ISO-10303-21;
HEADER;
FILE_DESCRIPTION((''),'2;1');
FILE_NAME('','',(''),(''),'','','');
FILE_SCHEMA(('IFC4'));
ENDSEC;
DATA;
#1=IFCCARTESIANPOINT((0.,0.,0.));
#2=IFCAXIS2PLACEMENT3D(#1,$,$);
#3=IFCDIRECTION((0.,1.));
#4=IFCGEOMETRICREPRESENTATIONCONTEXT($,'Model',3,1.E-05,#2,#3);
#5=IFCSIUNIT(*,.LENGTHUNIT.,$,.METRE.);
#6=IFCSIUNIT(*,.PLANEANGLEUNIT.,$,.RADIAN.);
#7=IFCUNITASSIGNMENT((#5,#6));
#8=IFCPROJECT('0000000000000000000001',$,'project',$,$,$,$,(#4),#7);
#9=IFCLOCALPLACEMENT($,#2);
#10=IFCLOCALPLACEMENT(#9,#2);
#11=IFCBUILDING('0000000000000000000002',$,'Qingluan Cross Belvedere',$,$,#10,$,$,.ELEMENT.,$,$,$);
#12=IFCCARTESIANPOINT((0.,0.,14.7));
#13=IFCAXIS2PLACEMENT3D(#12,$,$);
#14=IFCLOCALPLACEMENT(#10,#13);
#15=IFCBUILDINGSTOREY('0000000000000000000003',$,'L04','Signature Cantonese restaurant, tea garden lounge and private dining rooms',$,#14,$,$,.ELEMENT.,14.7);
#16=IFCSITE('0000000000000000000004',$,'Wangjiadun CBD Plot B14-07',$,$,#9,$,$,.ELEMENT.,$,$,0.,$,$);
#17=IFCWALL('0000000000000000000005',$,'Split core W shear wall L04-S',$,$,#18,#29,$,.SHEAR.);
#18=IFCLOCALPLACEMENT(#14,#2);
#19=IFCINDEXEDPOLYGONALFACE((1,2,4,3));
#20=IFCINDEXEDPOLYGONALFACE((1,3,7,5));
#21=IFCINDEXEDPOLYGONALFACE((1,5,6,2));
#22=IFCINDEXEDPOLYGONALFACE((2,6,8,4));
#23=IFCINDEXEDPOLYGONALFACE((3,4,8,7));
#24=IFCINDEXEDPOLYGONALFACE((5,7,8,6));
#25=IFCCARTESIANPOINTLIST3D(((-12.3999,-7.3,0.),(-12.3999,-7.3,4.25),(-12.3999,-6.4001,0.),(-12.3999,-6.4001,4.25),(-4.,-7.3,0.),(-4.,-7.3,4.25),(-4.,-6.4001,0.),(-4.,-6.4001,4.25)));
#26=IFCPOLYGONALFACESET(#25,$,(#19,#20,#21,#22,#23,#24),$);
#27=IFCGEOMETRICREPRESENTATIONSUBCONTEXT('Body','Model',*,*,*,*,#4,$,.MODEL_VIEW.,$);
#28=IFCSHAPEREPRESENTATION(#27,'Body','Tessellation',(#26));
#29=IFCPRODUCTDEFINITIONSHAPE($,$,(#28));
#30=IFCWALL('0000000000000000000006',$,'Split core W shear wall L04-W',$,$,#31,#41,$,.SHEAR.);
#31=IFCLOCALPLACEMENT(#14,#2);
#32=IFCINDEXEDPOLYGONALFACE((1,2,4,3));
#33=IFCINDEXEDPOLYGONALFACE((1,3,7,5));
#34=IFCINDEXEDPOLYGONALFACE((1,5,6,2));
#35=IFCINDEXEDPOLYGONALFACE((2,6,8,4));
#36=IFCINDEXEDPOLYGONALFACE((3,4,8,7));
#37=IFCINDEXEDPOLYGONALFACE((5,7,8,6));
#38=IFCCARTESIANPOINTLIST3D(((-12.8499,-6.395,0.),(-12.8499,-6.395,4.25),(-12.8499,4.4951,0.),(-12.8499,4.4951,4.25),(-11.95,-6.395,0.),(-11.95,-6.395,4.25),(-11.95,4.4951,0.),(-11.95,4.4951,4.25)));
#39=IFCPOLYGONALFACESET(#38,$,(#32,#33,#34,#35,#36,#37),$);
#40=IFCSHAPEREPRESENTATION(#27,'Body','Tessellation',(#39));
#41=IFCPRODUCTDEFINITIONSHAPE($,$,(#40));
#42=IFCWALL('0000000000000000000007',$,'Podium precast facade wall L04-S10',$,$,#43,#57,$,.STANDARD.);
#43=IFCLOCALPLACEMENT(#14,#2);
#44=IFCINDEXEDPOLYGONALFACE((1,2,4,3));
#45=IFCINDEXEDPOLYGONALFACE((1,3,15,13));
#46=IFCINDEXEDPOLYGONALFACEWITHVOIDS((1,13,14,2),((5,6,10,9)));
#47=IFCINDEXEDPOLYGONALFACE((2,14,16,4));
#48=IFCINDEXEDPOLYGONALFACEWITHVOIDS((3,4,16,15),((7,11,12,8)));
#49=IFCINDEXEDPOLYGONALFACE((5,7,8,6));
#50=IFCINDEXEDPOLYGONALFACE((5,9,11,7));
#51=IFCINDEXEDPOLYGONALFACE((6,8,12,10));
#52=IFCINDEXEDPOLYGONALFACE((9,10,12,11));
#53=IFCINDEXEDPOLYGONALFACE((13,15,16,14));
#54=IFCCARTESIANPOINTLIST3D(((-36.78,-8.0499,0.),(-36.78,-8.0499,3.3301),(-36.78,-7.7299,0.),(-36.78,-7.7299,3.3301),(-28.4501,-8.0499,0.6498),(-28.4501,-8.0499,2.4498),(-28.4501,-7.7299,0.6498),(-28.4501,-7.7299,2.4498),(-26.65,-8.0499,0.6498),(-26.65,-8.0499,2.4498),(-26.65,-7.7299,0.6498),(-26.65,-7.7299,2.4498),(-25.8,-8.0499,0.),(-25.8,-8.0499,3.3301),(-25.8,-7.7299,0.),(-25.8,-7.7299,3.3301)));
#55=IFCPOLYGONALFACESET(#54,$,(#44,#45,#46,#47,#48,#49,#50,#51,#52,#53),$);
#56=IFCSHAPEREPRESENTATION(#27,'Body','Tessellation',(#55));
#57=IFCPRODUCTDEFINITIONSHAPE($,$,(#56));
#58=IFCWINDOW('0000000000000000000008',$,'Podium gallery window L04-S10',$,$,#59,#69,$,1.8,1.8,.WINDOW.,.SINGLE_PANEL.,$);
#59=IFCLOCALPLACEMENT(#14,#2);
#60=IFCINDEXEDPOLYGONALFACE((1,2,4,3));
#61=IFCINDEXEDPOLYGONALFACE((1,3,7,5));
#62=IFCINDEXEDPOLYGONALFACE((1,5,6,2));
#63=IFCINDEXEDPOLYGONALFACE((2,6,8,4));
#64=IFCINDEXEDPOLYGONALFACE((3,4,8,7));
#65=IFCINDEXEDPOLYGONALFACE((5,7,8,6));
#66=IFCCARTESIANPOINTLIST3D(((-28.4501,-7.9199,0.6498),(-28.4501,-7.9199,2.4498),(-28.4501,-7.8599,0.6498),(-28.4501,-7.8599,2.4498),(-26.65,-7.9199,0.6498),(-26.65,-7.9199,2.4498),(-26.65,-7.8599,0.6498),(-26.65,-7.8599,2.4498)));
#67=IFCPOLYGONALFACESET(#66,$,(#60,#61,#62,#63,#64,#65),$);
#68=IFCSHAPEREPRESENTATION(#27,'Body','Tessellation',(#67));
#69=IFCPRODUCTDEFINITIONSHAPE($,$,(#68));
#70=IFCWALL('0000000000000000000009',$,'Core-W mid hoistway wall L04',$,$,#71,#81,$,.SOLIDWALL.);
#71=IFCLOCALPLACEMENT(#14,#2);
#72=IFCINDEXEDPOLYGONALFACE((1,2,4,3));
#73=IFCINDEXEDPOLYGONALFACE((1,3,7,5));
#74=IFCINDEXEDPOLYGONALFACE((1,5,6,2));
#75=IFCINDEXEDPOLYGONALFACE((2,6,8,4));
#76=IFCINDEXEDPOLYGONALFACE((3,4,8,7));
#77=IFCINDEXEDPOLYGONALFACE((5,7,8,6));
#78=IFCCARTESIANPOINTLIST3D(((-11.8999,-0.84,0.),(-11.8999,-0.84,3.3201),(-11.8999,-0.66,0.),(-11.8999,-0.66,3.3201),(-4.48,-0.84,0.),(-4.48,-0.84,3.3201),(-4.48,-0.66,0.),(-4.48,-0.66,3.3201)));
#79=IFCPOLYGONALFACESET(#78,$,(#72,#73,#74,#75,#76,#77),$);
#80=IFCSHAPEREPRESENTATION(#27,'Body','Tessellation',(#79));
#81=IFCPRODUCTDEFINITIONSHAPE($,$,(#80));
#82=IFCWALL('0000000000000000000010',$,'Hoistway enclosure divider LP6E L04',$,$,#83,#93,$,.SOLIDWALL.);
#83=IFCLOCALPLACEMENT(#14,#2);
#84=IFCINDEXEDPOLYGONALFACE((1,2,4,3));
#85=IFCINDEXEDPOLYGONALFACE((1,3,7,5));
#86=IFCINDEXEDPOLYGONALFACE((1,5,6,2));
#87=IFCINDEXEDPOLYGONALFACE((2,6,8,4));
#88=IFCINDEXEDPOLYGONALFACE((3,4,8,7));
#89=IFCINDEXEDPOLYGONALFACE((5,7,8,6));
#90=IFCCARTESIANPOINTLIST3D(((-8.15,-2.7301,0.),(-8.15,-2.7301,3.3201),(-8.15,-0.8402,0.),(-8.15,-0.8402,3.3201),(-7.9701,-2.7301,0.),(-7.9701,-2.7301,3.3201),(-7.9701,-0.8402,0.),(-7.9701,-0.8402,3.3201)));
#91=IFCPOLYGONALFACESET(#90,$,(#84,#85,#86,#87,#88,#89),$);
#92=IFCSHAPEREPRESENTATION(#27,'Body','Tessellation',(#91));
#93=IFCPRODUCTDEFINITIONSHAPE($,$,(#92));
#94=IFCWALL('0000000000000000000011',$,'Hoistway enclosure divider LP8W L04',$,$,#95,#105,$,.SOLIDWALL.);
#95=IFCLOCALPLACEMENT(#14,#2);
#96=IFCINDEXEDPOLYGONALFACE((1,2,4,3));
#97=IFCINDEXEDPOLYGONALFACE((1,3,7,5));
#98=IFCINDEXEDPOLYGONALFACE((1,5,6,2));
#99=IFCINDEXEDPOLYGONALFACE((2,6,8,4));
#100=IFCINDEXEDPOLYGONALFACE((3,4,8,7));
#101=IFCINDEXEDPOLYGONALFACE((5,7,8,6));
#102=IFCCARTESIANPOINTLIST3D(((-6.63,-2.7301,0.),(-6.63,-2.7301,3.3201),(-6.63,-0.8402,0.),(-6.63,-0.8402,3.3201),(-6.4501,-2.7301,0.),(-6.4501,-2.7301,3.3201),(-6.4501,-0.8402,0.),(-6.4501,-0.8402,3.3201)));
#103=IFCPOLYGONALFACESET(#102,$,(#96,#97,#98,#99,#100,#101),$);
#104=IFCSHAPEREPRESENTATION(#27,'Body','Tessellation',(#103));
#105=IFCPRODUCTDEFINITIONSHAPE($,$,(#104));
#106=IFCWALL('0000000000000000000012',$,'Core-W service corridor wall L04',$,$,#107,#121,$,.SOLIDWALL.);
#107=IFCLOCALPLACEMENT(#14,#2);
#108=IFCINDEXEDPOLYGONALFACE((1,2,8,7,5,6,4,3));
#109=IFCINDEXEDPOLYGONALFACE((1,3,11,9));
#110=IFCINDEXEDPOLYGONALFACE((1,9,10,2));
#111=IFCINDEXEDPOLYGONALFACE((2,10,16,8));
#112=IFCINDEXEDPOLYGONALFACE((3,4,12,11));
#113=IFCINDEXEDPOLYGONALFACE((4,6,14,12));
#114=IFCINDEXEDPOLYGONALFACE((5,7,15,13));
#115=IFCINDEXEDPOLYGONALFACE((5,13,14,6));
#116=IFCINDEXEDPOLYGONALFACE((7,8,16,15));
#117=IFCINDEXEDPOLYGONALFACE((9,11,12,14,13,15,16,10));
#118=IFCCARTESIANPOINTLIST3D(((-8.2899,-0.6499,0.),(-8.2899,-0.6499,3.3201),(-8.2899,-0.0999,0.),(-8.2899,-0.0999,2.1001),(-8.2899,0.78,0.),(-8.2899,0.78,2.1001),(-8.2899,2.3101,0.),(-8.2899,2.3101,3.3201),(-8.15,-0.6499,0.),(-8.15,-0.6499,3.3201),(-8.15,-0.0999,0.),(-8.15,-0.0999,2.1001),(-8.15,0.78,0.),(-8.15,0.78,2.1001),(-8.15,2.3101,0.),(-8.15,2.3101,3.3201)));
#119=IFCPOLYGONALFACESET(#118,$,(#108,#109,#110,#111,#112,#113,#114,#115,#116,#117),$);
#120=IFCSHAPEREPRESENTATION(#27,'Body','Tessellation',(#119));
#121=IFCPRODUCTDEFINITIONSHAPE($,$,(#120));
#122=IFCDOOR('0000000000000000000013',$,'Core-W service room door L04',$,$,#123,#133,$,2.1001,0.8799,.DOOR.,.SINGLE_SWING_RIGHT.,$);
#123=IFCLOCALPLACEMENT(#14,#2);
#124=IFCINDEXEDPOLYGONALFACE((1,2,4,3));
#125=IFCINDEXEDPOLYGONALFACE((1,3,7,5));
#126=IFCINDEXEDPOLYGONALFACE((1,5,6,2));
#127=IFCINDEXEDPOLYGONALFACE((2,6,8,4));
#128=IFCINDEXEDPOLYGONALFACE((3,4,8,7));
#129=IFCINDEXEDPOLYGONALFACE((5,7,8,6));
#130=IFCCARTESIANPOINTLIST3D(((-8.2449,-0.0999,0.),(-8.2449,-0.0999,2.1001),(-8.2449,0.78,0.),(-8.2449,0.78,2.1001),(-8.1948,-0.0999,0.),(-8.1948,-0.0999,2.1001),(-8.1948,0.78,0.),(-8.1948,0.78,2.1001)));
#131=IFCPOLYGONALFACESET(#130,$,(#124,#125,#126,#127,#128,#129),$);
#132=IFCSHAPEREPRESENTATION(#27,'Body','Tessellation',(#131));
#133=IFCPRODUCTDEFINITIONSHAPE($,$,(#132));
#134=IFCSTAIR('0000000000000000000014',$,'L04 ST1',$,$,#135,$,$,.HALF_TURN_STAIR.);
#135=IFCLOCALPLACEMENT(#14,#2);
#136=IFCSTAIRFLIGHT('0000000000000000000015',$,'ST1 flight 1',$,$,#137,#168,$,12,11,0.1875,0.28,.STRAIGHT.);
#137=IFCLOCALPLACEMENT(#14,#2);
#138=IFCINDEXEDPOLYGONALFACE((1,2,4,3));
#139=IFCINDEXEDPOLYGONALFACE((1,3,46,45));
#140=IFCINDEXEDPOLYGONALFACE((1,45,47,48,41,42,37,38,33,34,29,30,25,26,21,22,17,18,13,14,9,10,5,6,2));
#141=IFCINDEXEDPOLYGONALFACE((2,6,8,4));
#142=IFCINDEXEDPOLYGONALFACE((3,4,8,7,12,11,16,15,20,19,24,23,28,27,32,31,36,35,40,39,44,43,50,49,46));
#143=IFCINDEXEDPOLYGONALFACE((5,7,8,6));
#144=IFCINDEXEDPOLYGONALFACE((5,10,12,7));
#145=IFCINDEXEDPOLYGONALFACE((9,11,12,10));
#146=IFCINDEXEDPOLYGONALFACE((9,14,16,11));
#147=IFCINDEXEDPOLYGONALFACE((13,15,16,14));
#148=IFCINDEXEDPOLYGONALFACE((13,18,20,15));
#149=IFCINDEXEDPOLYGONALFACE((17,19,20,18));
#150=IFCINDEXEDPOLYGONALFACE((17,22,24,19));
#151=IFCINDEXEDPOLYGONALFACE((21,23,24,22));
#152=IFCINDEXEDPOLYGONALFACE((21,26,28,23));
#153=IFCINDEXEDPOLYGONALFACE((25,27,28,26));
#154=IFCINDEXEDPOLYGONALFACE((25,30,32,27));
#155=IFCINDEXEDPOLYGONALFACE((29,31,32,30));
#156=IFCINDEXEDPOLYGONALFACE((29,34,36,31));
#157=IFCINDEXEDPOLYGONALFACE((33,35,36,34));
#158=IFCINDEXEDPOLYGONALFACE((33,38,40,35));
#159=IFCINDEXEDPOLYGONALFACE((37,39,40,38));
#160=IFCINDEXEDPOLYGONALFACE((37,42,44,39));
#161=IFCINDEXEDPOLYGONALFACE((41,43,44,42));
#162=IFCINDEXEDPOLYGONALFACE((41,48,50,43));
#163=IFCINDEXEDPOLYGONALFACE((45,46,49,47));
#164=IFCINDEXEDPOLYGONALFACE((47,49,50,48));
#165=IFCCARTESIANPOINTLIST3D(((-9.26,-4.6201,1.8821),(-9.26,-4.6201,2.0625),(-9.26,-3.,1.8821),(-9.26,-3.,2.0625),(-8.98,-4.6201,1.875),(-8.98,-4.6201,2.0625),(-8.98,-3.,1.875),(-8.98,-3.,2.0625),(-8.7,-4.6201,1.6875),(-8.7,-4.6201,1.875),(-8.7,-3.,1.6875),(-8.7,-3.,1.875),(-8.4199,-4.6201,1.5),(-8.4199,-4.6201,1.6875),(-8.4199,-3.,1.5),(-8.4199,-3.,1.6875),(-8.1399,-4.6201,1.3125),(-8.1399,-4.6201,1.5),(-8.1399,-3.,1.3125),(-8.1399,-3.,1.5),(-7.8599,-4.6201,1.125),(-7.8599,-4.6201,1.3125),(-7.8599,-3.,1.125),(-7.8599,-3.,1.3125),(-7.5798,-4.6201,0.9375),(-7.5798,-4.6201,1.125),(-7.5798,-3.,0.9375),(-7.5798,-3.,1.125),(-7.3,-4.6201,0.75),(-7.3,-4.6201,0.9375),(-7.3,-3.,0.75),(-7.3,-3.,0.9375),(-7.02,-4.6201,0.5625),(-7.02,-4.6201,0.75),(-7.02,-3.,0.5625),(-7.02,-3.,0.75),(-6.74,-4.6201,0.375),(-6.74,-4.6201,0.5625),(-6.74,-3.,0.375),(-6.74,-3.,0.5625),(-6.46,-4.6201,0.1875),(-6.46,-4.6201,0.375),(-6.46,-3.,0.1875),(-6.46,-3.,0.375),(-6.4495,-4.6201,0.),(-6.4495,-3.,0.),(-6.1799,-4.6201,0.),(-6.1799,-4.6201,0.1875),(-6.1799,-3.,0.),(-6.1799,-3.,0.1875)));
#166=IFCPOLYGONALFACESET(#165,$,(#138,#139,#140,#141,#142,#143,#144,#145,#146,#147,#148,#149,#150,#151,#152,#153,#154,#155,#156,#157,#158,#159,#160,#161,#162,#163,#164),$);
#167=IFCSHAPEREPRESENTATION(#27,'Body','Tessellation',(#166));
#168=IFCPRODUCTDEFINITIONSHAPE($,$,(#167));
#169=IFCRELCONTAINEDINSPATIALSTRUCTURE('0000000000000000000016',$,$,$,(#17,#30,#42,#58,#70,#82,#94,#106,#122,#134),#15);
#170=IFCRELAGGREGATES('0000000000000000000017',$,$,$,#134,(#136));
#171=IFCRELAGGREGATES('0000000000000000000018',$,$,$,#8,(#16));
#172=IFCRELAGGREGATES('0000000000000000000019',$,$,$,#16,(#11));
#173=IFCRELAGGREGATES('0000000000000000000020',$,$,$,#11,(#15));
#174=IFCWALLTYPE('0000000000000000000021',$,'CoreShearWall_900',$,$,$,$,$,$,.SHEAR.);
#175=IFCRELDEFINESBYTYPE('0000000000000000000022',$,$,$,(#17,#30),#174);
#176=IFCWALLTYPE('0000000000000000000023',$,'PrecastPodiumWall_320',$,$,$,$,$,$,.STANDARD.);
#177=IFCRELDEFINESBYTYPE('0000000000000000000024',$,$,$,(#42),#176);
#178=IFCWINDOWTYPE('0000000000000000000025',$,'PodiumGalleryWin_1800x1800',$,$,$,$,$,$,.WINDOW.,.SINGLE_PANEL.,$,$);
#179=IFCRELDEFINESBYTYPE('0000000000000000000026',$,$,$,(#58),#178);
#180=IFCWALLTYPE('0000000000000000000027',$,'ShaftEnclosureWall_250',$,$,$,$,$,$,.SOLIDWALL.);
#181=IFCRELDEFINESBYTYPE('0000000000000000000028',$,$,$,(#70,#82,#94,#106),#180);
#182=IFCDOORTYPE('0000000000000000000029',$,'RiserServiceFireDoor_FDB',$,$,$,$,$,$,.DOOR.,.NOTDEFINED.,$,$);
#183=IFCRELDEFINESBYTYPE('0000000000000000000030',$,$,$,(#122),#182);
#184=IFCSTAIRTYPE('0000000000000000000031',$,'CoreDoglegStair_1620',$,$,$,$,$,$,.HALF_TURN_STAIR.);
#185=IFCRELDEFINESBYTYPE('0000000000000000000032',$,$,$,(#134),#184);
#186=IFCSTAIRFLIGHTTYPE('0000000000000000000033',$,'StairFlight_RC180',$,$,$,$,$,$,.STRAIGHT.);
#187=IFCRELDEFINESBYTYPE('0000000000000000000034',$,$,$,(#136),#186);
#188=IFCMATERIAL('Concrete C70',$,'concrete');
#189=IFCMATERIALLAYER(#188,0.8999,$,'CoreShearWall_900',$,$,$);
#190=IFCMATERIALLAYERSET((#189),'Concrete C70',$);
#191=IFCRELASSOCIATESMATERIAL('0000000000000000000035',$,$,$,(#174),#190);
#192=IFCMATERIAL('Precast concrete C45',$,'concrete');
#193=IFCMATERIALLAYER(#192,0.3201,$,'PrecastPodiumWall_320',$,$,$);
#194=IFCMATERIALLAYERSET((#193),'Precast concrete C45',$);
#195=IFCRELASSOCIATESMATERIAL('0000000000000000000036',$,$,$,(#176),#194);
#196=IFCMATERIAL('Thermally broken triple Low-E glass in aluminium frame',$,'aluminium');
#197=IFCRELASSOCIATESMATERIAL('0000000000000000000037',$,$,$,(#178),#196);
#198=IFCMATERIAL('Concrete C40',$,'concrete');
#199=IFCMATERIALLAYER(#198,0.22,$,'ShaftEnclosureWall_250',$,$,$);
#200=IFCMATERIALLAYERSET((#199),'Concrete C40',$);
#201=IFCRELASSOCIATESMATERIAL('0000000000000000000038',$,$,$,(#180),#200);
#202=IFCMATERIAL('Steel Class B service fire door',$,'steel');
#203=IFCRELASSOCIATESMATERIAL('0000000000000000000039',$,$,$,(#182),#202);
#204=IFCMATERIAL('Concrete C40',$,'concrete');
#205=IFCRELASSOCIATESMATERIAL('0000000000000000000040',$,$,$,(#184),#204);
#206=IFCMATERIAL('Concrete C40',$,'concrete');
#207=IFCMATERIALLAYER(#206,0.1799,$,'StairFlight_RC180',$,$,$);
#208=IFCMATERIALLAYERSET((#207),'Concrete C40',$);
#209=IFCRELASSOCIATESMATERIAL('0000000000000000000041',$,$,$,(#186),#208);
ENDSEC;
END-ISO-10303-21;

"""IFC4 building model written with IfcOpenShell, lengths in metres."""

from ifc_helpers import new_model, si_unit, direction, frame, frame_2d, origin, place, context, subcontext, project, spatial, polyline, rectangle, outline, extrude, material, layer, layer_set, type_object, element, fill, aggregate, save


model = new_model("IFC4")

# Units and contexts
model_context = context("Model", 3, precision=1e-05, world=origin(), true_north=direction((0.0, 1.0)))
body_context = subcontext(model_context, "Body", "Model", "MODEL_VIEW")
ifc_project = project(units=[si_unit("LENGTHUNIT", "METRE"), si_unit("PLANEANGLEUNIT", "RADIAN")], contexts=[model_context])

# Site, building, storey
site_placement = place(None, origin())
site = spatial("IfcSite", under=ifc_project, at=site_placement, Name="Wangjiadun CBD Plot B14-07", CompositionType="ELEMENT", RefElevation=0.0)
building_placement = place(site_placement, origin())
building = spatial("IfcBuilding", under=site, at=building_placement, Name="Qingluan Cross Belvedere", CompositionType="ELEMENT")
storey_placement = place(building_placement, frame((0.0, 0.0, 14.7)))
storey = spatial("IfcBuildingStorey", under=building, at=storey_placement, Name="L04", Description="Signature Cantonese restaurant, tea garden lounge and private dining rooms", CompositionType="ELEMENT", Elevation=14.7)

# Walls
ifc_material_1 = material(Name="Concrete C70", Category="concrete")
ifc_layer_1 = layer(ifc_material_1, 0.8999, Name="CoreShearWall_900")
ifc_layer_set_1 = layer_set([ifc_layer_1], Name="Concrete C70")
wall_type_1 = type_object("IfcWallType", Name="CoreShearWall_900", PredefinedType="SHEAR", material=ifc_layer_set_1)
wall_1_placement = place(storey_placement, frame((-12.3999, -6.8501, 0.0), z_axis=(0.0, 0.0, 1.0), x_axis=(1.0, 0.0, 0.0)))
element("IfcWall", 1, at=wall_1_placement, inside=storey, type_object=wall_type_1, Name="Split core W shear wall L04-S", PredefinedType="SHEAR", context=body_context, shape_type="SweptSolid", body=[
    extrude(rectangle(XDim=8.3999, YDim=0.8999, at=frame_2d((4.2, 0.0))), origin(), (0.0, 0.0, 1.0), 4.25),
])
wall_2_placement = place(storey_placement, frame((-12.3999, -6.395, 0.0), z_axis=(0.0, 0.0, 1.0), x_axis=(0.0, 1.0, 0.0)))
element("IfcWall", 2, at=wall_2_placement, inside=storey, type_object=wall_type_1, Name="Split core W shear wall L04-W", PredefinedType="SHEAR", context=body_context, shape_type="SweptSolid", body=[
    extrude(rectangle(XDim=10.8901, YDim=0.8999, at=frame_2d((5.4451, 0.0))), origin(), (0.0, 0.0, 1.0), 4.25),
])

# Wall, opening, window
ifc_material_2 = material(Name="Precast concrete C45", Category="concrete")
ifc_layer_2 = layer(ifc_material_2, 0.3201, Name="PrecastPodiumWall_320")
ifc_layer_set_2 = layer_set([ifc_layer_2], Name="Precast concrete C45")
wall_type_2 = type_object("IfcWallType", Name="PrecastPodiumWall_320", PredefinedType="STANDARD", material=ifc_layer_set_2)
wall_3_placement = place(storey_placement, frame((-25.8, -7.8899, 0.0), z_axis=(0.0, 0.0, 1.0), x_axis=(-1.0, 0.0, 0.0)))
wall_3 = element("IfcWall", 3, at=wall_3_placement, inside=storey, type_object=wall_type_2, Name="Podium precast facade wall L04-S10", PredefinedType="STANDARD", context=body_context, shape_type="SweptSolid", body=[
    extrude(rectangle(XDim=10.98, YDim=0.3201, at=frame_2d((5.49, 0.0))), origin(), (0.0, 0.0, 1.0), 3.3301),
])
opening_1_placement = place(wall_3_placement, frame((0.8501, 0.0, 0.6499)))
opening_1 = element("IfcOpeningElement", 4, at=opening_1_placement, cuts=wall_3, PredefinedType="OPENING", context=body_context, shape_type="SweptSolid", body=[
    extrude(rectangle(XDim=1.8, YDim=1.8, at=frame_2d((0.8999, 0.8999))), frame((0.0, 0.1699, 0.0), z_axis=(0.0, -1.0, 0.0), x_axis=(1.0, 0.0, 0.0)), (0.0, 0.0, 1.0), 0.3401),
])
ifc_material_3 = material(Name="Thermally broken triple Low-E glass in aluminium frame", Category="aluminium")
window_type = type_object("IfcWindowType", Name="PodiumGalleryWin_1800x1800", PartitioningType="SINGLE_PANEL", PredefinedType="WINDOW", material=ifc_material_3)
window_placement = place(opening_1_placement, origin())
window = element("IfcWindow", 5, at=window_placement, inside=storey, type_object=window_type, Name="Podium gallery window L04-S10", OverallHeight=1.8, OverallWidth=1.8, PartitioningType="SINGLE_PANEL", PredefinedType="WINDOW", context=body_context, shape_type="SweptSolid", body=[
    extrude(rectangle(XDim=1.8, YDim=1.8, at=frame_2d((0.8999, 0.8999))), frame((0.0, 0.03, 0.0), z_axis=(0.0, -1.0, 0.0), x_axis=(1.0, 0.0, 0.0)), (0.0, 0.0, 1.0), 0.0601),
])
fill(opening_1, window)

# Walls
ifc_material_4 = material(Name="Concrete C40", Category="concrete")
ifc_layer_3 = layer(ifc_material_4, 0.22, Name="ShaftEnclosureWall_250")
ifc_layer_set_3 = layer_set([ifc_layer_3], Name="Concrete C40")
wall_type_3 = type_object("IfcWallType", Name="ShaftEnclosureWall_250", PredefinedType="SOLIDWALL", material=ifc_layer_set_3)
wall_4_placement = place(storey_placement, frame((-11.8999, -0.75, 0.0), z_axis=(0.0, 0.0, 1.0), x_axis=(1.0, 0.0, 0.0)))
element("IfcWall", 6, at=wall_4_placement, inside=storey, type_object=wall_type_3, Name="Core-W mid hoistway wall L04", PredefinedType="SOLIDWALL", context=body_context, shape_type="SweptSolid", body=[
    extrude(rectangle(XDim=7.4199, YDim=0.1799, at=frame_2d((3.71, 0.0))), origin(), (0.0, 0.0, 1.0), 3.3201),
])
for number, where, z_axis, x_axis, name in (
    (7, (-8.0601, -2.73, 0.0), (0.0, 0.0, 1.0), (0.0, 1.0, 0.0), "Hoistway enclosure divider LP6E L04"),
    (8, (-6.54, -2.73, 0.0), (0.0, 0.0, 1.0), (0.0, 1.0, 0.0), "Hoistway enclosure divider LP8W L04"),
):
    element("IfcWall", number, at=place(storey_placement, frame(where, z_axis=z_axis, x_axis=x_axis)), inside=storey, type_object=wall_type_3, Name=name, PredefinedType="SOLIDWALL", context=body_context, shape_type="SweptSolid", body=[
        extrude(rectangle(XDim=1.8899, YDim=0.1799, at=frame_2d((0.9448, 0.0))), origin(), (0.0, 0.0, 1.0), 3.3201),
    ])

# Wall, opening, door
wall_5_placement = place(storey_placement, frame((-8.22, -0.6499, 0.0), z_axis=(0.0, 0.0, 1.0), x_axis=(0.0, 1.0, 0.0)))
wall_5 = element("IfcWall", 9, at=wall_5_placement, inside=storey, type_object=wall_type_3, Name="Core-W service corridor wall L04", PredefinedType="SOLIDWALL", context=body_context, shape_type="SweptSolid", body=[
    extrude(rectangle(XDim=2.96, YDim=0.1399, at=frame_2d((1.48, 0.0))), origin(), (0.0, 0.0, 1.0), 3.3201),
])
opening_2_placement = place(wall_5_placement, frame((0.55, 0.0, 0.0)))
opening_2 = element("IfcOpeningElement", 10, at=opening_2_placement, cuts=wall_5, PredefinedType="OPENING", context=body_context, shape_type="SweptSolid", body=[
    extrude(rectangle(XDim=0.8799, YDim=2.1001, at=frame_2d((0.4399, 1.05))), frame((0.0, 0.0798, 0.0), z_axis=(0.0, -1.0, 0.0), x_axis=(1.0, 0.0, 0.0)), (0.0, 0.0, 1.0), 0.1599),
])
ifc_material_5 = material(Name="Steel Class B service fire door", Category="steel")
door_type_1 = type_object("IfcDoorType", Name="RiserServiceFireDoor_FDB", OperationType="NOTDEFINED", PredefinedType="DOOR", material=ifc_material_5)
door_1_placement = place(opening_2_placement, origin())
door_1 = element("IfcDoor", 11, at=door_1_placement, inside=storey, type_object=door_type_1, Name="Core-W service room door L04", OperationType="SINGLE_SWING_RIGHT", OverallHeight=2.1001, OverallWidth=0.8799, PredefinedType="DOOR", context=body_context, shape_type="SweptSolid", body=[
    extrude(rectangle(XDim=0.8799, YDim=2.1001, at=frame_2d((0.4399, 1.05))), frame((0.0, 0.0249, 0.0), z_axis=(0.0, -1.0, 0.0), x_axis=(1.0, 0.0, 0.0)), (0.0, 0.0, 1.0), 0.05),
])
fill(opening_2, door_1)

# Stair, stair flight
ifc_material_6 = material(Name="Concrete C40", Category="concrete")
stair_type = type_object("IfcStairType", Name="CoreDoglegStair_1620", PredefinedType="HALF_TURN_STAIR", material=ifc_material_6)
stair_placement = place(storey_placement, origin())
stair = element("IfcStair", 12, at=stair_placement, inside=storey, type_object=stair_type, Name="L04 ST1", PredefinedType="HALF_TURN_STAIR")
ifc_material_7 = material(Name="Concrete C40", Category="concrete")
ifc_layer_4 = layer(ifc_material_7, 0.1799, Name="StairFlight_RC180")
ifc_layer_set_4 = layer_set([ifc_layer_4], Name="Concrete C40")
stair_flight_type = type_object("IfcStairFlightType", Name="StairFlight_RC180", PredefinedType="STRAIGHT", material=ifc_layer_set_4)
stair_flight_1_placement = place(storey_placement, frame((-6.1799, -3.8101, 0.0), z_axis=(0.0, 0.0, 1.0), x_axis=(-1.0, 0.0, 0.0)))
stair_flight_1 = element("IfcStairFlight", 13, at=stair_flight_1_placement, type_object=stair_flight_type, Name="ST1 flight 1", NumberOfRisers=12, NumberOfTreads=11, PredefinedType="STRAIGHT", RiserHeight=0.1875, TreadLength=0.28, context=body_context, shape_type="SweptSolid", body=[
    extrude(outline(polyline([(0.0, 0.0), (0.0, 0.1875), (0.28, 0.1875), (0.28, 0.375), (0.5601, 0.375), (0.5601, 0.5625), (0.8401, 0.5625), (0.8401, 0.75), (1.1201, 0.75), (1.1201, 0.9375), (1.3999, 0.9375), (1.3999, 1.125), (1.6799, 1.125), (1.6799, 1.3125), (1.96, 1.3125), (1.96, 1.5), (2.24, 1.5), (2.24, 1.6875), (2.52, 1.6875), (2.52, 1.875), (2.8, 1.875), (2.8, 2.0625), (3.0801, 2.0625), (3.0801, 2.25), (3.0801, 1.8821), (0.2695, 0.0), (0.0, 0.0)])), frame((0.0, 0.8101, 0.0), z_axis=(0.0, -1.0, 0.0), x_axis=(1.0, 0.0, 0.0)), (0.0, 0.0, 1.0), 1.6201),
])
aggregate(stair, [stair_flight_1])

save(model, "model.ifc")
